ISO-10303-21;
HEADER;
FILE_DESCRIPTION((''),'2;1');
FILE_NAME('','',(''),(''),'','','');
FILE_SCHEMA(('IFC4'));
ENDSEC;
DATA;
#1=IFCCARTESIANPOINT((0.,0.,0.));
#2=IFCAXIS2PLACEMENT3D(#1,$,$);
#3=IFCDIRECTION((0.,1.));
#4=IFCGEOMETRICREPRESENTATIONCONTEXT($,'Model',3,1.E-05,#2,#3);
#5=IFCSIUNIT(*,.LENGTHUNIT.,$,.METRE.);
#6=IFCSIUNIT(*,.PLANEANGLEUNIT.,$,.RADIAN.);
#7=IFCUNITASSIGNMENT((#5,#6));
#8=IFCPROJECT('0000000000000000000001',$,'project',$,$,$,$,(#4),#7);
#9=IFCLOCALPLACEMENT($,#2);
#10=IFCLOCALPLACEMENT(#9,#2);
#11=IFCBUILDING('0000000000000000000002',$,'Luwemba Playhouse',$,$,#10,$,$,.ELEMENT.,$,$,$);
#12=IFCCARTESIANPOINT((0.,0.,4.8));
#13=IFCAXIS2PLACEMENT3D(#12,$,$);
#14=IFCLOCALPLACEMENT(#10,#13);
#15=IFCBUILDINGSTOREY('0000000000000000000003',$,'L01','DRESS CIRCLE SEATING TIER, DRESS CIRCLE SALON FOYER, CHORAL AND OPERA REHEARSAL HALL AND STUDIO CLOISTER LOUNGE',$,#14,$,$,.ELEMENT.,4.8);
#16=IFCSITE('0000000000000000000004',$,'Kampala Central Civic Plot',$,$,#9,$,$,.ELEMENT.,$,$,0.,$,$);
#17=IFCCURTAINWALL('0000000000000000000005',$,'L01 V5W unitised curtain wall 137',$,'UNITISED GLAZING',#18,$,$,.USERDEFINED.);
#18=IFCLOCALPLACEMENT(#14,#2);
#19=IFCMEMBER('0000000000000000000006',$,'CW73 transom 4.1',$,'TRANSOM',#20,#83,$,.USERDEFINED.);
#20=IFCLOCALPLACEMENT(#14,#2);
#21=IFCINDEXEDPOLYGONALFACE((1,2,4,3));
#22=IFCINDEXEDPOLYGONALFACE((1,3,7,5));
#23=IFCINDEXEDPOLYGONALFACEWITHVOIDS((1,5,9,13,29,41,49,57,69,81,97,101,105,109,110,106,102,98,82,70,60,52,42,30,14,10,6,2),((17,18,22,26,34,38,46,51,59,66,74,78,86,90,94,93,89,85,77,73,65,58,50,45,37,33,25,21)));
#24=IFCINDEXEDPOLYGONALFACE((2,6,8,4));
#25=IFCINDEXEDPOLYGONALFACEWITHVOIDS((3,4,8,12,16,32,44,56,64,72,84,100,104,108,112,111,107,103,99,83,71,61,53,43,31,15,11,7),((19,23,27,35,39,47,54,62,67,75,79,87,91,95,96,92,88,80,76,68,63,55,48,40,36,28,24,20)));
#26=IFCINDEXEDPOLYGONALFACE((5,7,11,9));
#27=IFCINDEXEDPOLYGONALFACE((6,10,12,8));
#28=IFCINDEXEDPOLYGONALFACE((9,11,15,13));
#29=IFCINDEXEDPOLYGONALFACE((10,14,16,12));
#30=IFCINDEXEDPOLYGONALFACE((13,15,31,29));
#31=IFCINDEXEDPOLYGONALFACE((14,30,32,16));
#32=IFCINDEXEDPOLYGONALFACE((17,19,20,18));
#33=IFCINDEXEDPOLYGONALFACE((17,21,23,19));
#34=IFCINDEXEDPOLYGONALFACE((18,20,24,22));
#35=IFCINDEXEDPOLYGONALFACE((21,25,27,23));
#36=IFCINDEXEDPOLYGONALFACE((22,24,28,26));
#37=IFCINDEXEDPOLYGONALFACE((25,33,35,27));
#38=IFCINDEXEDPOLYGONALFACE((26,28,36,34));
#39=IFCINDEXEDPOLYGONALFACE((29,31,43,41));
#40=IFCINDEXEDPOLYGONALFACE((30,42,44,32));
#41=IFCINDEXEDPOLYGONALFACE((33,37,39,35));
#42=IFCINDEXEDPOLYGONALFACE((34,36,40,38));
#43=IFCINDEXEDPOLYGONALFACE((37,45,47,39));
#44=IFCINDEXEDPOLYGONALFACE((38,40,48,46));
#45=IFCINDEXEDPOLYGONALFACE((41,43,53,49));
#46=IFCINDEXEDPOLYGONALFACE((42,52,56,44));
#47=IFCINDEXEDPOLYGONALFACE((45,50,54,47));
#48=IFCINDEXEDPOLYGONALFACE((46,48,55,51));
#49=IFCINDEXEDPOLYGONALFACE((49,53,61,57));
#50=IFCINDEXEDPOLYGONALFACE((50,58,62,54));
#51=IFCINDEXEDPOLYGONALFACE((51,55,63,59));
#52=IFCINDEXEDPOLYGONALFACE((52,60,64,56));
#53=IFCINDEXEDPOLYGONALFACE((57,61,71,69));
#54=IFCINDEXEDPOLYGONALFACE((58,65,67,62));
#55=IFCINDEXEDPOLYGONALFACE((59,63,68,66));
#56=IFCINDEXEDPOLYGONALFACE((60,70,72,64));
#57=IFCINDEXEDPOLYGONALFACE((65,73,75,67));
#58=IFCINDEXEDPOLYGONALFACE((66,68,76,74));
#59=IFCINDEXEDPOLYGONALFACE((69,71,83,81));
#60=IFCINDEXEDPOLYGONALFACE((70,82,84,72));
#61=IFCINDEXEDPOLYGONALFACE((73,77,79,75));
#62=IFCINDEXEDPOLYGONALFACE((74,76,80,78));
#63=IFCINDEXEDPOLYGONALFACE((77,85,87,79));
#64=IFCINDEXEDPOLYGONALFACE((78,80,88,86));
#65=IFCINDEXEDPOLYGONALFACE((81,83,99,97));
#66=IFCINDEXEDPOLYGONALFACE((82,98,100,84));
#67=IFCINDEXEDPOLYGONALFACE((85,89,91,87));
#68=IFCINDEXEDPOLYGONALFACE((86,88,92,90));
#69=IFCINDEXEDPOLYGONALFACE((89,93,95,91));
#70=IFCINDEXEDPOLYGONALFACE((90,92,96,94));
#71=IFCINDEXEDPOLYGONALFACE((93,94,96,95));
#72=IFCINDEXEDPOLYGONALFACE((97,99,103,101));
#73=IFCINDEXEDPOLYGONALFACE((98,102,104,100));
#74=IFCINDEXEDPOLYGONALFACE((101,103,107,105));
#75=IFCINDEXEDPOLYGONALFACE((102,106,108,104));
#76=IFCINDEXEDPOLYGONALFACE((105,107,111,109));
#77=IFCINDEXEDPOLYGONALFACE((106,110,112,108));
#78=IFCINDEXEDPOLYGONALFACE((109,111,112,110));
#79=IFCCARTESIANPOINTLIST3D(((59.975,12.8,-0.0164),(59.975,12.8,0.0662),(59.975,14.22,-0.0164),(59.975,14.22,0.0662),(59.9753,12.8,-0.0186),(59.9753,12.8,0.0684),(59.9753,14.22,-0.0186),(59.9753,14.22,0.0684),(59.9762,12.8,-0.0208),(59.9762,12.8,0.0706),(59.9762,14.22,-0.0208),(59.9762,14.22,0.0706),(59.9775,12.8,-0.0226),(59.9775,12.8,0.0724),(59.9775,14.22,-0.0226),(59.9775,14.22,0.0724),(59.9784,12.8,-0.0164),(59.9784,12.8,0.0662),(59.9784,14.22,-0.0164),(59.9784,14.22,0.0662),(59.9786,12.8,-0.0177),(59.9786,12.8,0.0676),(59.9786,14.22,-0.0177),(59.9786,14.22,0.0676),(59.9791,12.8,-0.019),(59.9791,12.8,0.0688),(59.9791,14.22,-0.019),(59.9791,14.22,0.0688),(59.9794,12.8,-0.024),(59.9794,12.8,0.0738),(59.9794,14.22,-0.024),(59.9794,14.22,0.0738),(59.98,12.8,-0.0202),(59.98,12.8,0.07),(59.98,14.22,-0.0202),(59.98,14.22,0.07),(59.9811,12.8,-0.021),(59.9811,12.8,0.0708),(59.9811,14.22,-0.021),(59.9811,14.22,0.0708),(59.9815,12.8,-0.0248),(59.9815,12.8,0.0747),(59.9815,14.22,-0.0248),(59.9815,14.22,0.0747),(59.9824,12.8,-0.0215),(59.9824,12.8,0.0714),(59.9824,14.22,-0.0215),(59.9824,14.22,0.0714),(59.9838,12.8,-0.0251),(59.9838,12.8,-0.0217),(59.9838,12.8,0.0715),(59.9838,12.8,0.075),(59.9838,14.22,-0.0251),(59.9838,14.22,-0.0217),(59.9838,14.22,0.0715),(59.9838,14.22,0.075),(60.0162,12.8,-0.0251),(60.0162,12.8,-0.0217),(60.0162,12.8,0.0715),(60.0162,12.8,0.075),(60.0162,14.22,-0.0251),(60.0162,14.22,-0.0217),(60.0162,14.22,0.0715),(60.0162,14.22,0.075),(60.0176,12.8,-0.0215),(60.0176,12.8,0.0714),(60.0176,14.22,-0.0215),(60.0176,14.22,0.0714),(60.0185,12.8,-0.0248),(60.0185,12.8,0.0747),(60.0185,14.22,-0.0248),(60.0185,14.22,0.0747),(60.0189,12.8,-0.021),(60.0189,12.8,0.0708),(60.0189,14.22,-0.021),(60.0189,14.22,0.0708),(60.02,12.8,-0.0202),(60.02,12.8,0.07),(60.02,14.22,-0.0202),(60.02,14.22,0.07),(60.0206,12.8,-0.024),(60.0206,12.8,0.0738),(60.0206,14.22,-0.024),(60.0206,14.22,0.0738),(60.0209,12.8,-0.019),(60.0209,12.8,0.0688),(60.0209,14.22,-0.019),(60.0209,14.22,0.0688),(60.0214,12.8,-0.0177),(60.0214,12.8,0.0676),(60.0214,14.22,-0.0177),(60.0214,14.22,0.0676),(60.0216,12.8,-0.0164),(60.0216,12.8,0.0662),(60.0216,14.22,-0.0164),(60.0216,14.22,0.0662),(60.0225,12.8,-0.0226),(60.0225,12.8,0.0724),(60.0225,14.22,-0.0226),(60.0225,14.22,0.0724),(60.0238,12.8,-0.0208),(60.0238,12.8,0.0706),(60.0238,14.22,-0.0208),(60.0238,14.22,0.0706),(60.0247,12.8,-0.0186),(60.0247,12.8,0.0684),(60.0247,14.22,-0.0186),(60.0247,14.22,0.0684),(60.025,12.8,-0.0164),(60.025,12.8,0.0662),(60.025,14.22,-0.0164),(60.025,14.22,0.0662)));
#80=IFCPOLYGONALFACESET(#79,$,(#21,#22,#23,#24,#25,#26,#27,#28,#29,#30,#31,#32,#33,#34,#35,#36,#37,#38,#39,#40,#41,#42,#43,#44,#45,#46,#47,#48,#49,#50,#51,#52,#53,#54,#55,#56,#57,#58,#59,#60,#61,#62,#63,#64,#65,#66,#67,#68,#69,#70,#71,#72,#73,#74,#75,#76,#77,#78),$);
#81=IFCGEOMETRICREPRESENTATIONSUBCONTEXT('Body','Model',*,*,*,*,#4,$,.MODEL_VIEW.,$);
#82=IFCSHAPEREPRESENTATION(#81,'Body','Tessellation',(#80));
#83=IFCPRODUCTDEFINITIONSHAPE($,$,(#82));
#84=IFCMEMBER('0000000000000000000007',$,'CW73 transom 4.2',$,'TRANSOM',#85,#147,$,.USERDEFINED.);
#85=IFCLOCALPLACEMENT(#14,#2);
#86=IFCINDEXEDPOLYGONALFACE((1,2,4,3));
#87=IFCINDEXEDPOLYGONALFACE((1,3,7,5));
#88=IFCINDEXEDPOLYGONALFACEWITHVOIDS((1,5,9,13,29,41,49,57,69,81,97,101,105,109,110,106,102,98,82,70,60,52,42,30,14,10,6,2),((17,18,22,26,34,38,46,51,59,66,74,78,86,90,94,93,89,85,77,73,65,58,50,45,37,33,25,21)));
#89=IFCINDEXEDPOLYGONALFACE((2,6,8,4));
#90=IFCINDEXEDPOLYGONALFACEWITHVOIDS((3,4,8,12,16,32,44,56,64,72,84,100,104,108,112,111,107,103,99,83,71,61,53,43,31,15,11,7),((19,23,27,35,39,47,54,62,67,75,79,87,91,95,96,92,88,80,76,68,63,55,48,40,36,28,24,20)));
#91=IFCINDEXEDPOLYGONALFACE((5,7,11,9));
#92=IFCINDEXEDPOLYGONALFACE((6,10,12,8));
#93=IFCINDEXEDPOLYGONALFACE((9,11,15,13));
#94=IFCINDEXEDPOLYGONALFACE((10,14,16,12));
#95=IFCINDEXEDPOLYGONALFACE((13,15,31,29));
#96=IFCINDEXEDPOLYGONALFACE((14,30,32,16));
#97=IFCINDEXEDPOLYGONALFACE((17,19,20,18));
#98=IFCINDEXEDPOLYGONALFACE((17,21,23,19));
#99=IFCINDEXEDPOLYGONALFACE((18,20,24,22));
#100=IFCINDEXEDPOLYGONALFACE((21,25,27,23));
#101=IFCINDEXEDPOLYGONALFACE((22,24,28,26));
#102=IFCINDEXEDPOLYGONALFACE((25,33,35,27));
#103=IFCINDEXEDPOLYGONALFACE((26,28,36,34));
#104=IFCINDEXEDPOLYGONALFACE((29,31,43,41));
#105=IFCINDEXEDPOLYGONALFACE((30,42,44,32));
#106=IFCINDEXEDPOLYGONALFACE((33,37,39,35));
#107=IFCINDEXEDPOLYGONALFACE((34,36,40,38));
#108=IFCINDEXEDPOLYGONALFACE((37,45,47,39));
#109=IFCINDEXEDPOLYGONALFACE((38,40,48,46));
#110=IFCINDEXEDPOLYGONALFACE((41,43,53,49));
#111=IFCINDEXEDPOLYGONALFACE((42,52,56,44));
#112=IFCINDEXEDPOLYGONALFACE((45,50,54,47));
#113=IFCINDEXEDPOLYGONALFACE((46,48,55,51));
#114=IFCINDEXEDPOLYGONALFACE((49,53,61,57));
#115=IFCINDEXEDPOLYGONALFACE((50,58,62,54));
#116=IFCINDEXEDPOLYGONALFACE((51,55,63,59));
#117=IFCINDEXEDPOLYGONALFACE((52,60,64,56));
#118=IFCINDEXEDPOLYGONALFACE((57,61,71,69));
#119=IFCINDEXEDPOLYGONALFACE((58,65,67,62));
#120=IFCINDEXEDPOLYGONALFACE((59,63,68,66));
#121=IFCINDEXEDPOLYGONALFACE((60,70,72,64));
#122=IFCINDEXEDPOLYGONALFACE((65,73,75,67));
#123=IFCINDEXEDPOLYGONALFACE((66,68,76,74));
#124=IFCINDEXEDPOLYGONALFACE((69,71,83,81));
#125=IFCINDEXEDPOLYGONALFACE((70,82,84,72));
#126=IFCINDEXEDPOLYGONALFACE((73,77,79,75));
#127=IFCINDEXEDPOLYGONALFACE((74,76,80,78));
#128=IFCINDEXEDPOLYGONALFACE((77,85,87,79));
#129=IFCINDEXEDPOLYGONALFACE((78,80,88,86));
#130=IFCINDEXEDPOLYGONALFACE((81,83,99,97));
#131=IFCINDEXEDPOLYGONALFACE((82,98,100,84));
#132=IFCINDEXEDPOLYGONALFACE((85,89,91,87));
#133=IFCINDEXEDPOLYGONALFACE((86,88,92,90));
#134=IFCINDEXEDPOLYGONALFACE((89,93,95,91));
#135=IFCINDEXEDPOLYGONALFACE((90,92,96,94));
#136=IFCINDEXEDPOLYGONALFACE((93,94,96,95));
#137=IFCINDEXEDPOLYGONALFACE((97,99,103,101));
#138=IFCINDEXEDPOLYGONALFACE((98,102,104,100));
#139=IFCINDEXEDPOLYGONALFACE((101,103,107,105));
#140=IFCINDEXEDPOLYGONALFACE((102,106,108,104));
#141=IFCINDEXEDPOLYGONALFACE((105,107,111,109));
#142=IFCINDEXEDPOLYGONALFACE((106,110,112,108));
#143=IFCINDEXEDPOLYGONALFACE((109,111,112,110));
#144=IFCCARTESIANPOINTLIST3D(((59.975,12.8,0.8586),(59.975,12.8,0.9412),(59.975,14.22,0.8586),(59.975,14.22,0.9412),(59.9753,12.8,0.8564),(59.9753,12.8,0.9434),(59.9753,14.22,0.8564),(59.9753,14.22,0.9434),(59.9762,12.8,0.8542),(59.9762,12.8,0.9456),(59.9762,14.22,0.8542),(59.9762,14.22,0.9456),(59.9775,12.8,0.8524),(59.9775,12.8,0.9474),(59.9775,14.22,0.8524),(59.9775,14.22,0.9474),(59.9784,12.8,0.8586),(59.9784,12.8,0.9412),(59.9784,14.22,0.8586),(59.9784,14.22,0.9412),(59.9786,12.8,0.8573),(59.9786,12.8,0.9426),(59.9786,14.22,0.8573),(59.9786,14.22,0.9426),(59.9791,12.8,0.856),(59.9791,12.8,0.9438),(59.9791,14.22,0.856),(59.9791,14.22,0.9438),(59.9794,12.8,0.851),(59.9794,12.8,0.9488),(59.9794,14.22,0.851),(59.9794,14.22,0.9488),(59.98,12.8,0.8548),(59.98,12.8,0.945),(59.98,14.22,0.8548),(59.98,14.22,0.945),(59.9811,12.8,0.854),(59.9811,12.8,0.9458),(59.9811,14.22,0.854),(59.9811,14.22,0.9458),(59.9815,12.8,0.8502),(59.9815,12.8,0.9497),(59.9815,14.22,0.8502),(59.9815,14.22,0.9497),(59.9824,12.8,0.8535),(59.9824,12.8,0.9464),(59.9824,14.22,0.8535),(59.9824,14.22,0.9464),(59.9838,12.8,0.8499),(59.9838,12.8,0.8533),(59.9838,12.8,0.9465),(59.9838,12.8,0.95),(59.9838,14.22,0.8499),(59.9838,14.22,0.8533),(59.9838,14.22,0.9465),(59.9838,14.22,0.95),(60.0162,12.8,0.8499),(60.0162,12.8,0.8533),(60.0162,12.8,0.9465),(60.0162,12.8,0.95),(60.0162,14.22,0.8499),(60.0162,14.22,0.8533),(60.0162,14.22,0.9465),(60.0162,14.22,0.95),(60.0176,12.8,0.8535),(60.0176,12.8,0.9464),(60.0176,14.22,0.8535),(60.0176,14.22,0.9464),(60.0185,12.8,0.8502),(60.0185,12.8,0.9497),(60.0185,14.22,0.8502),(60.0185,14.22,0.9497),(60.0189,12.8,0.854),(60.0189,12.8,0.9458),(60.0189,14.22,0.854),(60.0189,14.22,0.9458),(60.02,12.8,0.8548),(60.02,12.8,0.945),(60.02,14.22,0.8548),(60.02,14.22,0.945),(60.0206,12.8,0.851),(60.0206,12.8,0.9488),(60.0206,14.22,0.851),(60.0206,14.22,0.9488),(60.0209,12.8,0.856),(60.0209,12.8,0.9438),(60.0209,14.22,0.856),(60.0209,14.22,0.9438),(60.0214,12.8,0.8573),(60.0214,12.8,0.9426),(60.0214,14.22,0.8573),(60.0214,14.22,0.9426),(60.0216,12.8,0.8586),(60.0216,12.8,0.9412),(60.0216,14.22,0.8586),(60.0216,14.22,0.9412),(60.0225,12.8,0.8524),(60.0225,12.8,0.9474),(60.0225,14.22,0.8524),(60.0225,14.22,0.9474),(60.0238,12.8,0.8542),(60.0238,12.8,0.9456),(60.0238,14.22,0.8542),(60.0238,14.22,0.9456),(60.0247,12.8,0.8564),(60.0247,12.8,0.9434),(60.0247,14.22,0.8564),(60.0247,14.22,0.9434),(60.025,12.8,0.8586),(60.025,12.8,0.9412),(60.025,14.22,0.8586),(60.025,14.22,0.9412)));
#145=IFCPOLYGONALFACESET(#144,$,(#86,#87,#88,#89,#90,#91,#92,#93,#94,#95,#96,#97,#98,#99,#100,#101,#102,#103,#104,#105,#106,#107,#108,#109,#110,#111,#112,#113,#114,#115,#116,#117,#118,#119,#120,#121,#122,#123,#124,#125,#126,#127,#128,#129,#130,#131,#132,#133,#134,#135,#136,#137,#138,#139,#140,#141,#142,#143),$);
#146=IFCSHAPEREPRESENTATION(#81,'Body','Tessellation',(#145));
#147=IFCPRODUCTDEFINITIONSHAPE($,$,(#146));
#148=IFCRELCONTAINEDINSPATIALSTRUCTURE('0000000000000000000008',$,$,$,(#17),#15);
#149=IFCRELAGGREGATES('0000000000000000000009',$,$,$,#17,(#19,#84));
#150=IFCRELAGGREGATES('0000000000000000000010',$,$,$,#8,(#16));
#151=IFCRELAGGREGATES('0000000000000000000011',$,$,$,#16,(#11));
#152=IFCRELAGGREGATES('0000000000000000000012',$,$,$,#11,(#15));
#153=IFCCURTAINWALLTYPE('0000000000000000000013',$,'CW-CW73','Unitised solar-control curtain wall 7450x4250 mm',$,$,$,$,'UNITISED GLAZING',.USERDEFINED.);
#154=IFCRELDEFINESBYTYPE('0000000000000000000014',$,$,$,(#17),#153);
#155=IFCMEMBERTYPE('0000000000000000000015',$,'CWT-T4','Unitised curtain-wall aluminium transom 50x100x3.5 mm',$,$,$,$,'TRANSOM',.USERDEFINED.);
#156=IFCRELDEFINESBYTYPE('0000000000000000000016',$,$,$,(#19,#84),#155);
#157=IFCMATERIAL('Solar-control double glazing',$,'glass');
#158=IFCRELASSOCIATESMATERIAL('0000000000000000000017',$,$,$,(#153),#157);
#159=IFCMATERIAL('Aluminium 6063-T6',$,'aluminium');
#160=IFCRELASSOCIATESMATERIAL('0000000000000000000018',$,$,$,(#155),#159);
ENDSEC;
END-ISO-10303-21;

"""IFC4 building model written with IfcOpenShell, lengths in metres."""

from ifc_helpers import new_model, si_unit, direction, frame, origin, origin_2d, place, context, subcontext, project, spatial, hollow_rectangle, extrude, material, material_profile, profile_set, type_object, element, aggregate, save


model = new_model("IFC4")

# Units and contexts
model_context = context("Model", 3, precision=1e-05, world=origin(), true_north=direction((0.0, 1.0)))
body_context = subcontext(model_context, "Body", "Model", "MODEL_VIEW")
ifc_project = project(units=[si_unit("LENGTHUNIT", "METRE"), si_unit("PLANEANGLEUNIT", "RADIAN")], contexts=[model_context])

# Site, building, storey
site_placement = place(None, origin())
site = spatial("IfcSite", under=ifc_project, at=site_placement, Name="Kampala Central Civic Plot", CompositionType="ELEMENT", RefElevation=0.0)
building_placement = place(site_placement, origin())
building = spatial("IfcBuilding", under=site, at=building_placement, Name="Luwemba Playhouse", CompositionType="ELEMENT")
storey_placement = place(building_placement, frame((0.0, 0.0, 4.8)))
storey = spatial("IfcBuildingStorey", under=building, at=storey_placement, Name="L01", Description="DRESS CIRCLE SEATING TIER, DRESS CIRCLE SALON FOYER, CHORAL AND OPERA REHEARSAL HALL AND STUDIO CLOISTER LOUNGE", CompositionType="ELEMENT", Elevation=4.8)

# Curtain wall, members
ifc_material_1 = material(Name="Solar-control double glazing", Category="glass")
curtain_wall_type = type_object("IfcCurtainWallType", Name="CW-CW73", Description="Unitised solar-control curtain wall 7450x4250 mm", ElementType="UNITISED GLAZING", PredefinedType="USERDEFINED", material=ifc_material_1)
curtain_wall_placement = place(storey_placement, origin())
curtain_wall = element("IfcCurtainWall", 1, at=curtain_wall_placement, inside=storey, type_object=curtain_wall_type, Name="L01 V5W unitised curtain wall 137", ObjectType="UNITISED GLAZING", PredefinedType="USERDEFINED")
ifc_material_2 = material(Name="Aluminium 6063-T6", Category="aluminium")
ifc_material_profile_1 = material_profile(ifc_material_2, hollow_rectangle(XDim=0.05, YDim=0.1001, WallThickness=0.0034, InnerFilletRadius=0.0054, OuterFilletRadius=0.0088, at=origin_2d()))
ifc_profile_set_1 = profile_set([ifc_material_profile_1], Name="Aluminium 6063-T6")
member_type_1 = type_object("IfcMemberType", Name="CWT-T4", Description="Unitised curtain-wall aluminium transom 50x100x3.5 mm", ElementType="TRANSOM", PredefinedType="USERDEFINED", material=ifc_profile_set_1)
member_1_placement = place(storey_placement, frame((60.0, 14.22, 0.0249), z_axis=(0.0, -1.0, 0.0), x_axis=(1.0, 0.0, 0.0)))
member_1 = element("IfcMember", 2, at=member_1_placement, type_object=member_type_1, Name="CW73 transom 4.1", ObjectType="TRANSOM", PredefinedType="USERDEFINED", context=body_context, shape_type="SweptSolid", body=[
    extrude(hollow_rectangle(XDim=0.05, YDim=0.1001, WallThickness=0.0034, InnerFilletRadius=0.0054, OuterFilletRadius=0.0088, at=origin_2d()), origin(), (0.0, 0.0, 1.0), 1.4199),
])
member_2_placement = place(storey_placement, frame((60.0, 14.22, 0.8999), z_axis=(0.0, -1.0, 0.0), x_axis=(1.0, 0.0, 0.0)))
member_2 = element("IfcMember", 3, at=member_2_placement, type_object=member_type_1, Name="CW73 transom 4.2", ObjectType="TRANSOM", PredefinedType="USERDEFINED", context=body_context, shape_type="SweptSolid", body=[
    extrude(hollow_rectangle(XDim=0.05, YDim=0.1001, WallThickness=0.0034, InnerFilletRadius=0.0054, OuterFilletRadius=0.0088, at=origin_2d()), origin(), (0.0, 0.0, 1.0), 1.4199),
])
aggregate(curtain_wall, [member_1, member_2])

save(model, "model.ifc")
